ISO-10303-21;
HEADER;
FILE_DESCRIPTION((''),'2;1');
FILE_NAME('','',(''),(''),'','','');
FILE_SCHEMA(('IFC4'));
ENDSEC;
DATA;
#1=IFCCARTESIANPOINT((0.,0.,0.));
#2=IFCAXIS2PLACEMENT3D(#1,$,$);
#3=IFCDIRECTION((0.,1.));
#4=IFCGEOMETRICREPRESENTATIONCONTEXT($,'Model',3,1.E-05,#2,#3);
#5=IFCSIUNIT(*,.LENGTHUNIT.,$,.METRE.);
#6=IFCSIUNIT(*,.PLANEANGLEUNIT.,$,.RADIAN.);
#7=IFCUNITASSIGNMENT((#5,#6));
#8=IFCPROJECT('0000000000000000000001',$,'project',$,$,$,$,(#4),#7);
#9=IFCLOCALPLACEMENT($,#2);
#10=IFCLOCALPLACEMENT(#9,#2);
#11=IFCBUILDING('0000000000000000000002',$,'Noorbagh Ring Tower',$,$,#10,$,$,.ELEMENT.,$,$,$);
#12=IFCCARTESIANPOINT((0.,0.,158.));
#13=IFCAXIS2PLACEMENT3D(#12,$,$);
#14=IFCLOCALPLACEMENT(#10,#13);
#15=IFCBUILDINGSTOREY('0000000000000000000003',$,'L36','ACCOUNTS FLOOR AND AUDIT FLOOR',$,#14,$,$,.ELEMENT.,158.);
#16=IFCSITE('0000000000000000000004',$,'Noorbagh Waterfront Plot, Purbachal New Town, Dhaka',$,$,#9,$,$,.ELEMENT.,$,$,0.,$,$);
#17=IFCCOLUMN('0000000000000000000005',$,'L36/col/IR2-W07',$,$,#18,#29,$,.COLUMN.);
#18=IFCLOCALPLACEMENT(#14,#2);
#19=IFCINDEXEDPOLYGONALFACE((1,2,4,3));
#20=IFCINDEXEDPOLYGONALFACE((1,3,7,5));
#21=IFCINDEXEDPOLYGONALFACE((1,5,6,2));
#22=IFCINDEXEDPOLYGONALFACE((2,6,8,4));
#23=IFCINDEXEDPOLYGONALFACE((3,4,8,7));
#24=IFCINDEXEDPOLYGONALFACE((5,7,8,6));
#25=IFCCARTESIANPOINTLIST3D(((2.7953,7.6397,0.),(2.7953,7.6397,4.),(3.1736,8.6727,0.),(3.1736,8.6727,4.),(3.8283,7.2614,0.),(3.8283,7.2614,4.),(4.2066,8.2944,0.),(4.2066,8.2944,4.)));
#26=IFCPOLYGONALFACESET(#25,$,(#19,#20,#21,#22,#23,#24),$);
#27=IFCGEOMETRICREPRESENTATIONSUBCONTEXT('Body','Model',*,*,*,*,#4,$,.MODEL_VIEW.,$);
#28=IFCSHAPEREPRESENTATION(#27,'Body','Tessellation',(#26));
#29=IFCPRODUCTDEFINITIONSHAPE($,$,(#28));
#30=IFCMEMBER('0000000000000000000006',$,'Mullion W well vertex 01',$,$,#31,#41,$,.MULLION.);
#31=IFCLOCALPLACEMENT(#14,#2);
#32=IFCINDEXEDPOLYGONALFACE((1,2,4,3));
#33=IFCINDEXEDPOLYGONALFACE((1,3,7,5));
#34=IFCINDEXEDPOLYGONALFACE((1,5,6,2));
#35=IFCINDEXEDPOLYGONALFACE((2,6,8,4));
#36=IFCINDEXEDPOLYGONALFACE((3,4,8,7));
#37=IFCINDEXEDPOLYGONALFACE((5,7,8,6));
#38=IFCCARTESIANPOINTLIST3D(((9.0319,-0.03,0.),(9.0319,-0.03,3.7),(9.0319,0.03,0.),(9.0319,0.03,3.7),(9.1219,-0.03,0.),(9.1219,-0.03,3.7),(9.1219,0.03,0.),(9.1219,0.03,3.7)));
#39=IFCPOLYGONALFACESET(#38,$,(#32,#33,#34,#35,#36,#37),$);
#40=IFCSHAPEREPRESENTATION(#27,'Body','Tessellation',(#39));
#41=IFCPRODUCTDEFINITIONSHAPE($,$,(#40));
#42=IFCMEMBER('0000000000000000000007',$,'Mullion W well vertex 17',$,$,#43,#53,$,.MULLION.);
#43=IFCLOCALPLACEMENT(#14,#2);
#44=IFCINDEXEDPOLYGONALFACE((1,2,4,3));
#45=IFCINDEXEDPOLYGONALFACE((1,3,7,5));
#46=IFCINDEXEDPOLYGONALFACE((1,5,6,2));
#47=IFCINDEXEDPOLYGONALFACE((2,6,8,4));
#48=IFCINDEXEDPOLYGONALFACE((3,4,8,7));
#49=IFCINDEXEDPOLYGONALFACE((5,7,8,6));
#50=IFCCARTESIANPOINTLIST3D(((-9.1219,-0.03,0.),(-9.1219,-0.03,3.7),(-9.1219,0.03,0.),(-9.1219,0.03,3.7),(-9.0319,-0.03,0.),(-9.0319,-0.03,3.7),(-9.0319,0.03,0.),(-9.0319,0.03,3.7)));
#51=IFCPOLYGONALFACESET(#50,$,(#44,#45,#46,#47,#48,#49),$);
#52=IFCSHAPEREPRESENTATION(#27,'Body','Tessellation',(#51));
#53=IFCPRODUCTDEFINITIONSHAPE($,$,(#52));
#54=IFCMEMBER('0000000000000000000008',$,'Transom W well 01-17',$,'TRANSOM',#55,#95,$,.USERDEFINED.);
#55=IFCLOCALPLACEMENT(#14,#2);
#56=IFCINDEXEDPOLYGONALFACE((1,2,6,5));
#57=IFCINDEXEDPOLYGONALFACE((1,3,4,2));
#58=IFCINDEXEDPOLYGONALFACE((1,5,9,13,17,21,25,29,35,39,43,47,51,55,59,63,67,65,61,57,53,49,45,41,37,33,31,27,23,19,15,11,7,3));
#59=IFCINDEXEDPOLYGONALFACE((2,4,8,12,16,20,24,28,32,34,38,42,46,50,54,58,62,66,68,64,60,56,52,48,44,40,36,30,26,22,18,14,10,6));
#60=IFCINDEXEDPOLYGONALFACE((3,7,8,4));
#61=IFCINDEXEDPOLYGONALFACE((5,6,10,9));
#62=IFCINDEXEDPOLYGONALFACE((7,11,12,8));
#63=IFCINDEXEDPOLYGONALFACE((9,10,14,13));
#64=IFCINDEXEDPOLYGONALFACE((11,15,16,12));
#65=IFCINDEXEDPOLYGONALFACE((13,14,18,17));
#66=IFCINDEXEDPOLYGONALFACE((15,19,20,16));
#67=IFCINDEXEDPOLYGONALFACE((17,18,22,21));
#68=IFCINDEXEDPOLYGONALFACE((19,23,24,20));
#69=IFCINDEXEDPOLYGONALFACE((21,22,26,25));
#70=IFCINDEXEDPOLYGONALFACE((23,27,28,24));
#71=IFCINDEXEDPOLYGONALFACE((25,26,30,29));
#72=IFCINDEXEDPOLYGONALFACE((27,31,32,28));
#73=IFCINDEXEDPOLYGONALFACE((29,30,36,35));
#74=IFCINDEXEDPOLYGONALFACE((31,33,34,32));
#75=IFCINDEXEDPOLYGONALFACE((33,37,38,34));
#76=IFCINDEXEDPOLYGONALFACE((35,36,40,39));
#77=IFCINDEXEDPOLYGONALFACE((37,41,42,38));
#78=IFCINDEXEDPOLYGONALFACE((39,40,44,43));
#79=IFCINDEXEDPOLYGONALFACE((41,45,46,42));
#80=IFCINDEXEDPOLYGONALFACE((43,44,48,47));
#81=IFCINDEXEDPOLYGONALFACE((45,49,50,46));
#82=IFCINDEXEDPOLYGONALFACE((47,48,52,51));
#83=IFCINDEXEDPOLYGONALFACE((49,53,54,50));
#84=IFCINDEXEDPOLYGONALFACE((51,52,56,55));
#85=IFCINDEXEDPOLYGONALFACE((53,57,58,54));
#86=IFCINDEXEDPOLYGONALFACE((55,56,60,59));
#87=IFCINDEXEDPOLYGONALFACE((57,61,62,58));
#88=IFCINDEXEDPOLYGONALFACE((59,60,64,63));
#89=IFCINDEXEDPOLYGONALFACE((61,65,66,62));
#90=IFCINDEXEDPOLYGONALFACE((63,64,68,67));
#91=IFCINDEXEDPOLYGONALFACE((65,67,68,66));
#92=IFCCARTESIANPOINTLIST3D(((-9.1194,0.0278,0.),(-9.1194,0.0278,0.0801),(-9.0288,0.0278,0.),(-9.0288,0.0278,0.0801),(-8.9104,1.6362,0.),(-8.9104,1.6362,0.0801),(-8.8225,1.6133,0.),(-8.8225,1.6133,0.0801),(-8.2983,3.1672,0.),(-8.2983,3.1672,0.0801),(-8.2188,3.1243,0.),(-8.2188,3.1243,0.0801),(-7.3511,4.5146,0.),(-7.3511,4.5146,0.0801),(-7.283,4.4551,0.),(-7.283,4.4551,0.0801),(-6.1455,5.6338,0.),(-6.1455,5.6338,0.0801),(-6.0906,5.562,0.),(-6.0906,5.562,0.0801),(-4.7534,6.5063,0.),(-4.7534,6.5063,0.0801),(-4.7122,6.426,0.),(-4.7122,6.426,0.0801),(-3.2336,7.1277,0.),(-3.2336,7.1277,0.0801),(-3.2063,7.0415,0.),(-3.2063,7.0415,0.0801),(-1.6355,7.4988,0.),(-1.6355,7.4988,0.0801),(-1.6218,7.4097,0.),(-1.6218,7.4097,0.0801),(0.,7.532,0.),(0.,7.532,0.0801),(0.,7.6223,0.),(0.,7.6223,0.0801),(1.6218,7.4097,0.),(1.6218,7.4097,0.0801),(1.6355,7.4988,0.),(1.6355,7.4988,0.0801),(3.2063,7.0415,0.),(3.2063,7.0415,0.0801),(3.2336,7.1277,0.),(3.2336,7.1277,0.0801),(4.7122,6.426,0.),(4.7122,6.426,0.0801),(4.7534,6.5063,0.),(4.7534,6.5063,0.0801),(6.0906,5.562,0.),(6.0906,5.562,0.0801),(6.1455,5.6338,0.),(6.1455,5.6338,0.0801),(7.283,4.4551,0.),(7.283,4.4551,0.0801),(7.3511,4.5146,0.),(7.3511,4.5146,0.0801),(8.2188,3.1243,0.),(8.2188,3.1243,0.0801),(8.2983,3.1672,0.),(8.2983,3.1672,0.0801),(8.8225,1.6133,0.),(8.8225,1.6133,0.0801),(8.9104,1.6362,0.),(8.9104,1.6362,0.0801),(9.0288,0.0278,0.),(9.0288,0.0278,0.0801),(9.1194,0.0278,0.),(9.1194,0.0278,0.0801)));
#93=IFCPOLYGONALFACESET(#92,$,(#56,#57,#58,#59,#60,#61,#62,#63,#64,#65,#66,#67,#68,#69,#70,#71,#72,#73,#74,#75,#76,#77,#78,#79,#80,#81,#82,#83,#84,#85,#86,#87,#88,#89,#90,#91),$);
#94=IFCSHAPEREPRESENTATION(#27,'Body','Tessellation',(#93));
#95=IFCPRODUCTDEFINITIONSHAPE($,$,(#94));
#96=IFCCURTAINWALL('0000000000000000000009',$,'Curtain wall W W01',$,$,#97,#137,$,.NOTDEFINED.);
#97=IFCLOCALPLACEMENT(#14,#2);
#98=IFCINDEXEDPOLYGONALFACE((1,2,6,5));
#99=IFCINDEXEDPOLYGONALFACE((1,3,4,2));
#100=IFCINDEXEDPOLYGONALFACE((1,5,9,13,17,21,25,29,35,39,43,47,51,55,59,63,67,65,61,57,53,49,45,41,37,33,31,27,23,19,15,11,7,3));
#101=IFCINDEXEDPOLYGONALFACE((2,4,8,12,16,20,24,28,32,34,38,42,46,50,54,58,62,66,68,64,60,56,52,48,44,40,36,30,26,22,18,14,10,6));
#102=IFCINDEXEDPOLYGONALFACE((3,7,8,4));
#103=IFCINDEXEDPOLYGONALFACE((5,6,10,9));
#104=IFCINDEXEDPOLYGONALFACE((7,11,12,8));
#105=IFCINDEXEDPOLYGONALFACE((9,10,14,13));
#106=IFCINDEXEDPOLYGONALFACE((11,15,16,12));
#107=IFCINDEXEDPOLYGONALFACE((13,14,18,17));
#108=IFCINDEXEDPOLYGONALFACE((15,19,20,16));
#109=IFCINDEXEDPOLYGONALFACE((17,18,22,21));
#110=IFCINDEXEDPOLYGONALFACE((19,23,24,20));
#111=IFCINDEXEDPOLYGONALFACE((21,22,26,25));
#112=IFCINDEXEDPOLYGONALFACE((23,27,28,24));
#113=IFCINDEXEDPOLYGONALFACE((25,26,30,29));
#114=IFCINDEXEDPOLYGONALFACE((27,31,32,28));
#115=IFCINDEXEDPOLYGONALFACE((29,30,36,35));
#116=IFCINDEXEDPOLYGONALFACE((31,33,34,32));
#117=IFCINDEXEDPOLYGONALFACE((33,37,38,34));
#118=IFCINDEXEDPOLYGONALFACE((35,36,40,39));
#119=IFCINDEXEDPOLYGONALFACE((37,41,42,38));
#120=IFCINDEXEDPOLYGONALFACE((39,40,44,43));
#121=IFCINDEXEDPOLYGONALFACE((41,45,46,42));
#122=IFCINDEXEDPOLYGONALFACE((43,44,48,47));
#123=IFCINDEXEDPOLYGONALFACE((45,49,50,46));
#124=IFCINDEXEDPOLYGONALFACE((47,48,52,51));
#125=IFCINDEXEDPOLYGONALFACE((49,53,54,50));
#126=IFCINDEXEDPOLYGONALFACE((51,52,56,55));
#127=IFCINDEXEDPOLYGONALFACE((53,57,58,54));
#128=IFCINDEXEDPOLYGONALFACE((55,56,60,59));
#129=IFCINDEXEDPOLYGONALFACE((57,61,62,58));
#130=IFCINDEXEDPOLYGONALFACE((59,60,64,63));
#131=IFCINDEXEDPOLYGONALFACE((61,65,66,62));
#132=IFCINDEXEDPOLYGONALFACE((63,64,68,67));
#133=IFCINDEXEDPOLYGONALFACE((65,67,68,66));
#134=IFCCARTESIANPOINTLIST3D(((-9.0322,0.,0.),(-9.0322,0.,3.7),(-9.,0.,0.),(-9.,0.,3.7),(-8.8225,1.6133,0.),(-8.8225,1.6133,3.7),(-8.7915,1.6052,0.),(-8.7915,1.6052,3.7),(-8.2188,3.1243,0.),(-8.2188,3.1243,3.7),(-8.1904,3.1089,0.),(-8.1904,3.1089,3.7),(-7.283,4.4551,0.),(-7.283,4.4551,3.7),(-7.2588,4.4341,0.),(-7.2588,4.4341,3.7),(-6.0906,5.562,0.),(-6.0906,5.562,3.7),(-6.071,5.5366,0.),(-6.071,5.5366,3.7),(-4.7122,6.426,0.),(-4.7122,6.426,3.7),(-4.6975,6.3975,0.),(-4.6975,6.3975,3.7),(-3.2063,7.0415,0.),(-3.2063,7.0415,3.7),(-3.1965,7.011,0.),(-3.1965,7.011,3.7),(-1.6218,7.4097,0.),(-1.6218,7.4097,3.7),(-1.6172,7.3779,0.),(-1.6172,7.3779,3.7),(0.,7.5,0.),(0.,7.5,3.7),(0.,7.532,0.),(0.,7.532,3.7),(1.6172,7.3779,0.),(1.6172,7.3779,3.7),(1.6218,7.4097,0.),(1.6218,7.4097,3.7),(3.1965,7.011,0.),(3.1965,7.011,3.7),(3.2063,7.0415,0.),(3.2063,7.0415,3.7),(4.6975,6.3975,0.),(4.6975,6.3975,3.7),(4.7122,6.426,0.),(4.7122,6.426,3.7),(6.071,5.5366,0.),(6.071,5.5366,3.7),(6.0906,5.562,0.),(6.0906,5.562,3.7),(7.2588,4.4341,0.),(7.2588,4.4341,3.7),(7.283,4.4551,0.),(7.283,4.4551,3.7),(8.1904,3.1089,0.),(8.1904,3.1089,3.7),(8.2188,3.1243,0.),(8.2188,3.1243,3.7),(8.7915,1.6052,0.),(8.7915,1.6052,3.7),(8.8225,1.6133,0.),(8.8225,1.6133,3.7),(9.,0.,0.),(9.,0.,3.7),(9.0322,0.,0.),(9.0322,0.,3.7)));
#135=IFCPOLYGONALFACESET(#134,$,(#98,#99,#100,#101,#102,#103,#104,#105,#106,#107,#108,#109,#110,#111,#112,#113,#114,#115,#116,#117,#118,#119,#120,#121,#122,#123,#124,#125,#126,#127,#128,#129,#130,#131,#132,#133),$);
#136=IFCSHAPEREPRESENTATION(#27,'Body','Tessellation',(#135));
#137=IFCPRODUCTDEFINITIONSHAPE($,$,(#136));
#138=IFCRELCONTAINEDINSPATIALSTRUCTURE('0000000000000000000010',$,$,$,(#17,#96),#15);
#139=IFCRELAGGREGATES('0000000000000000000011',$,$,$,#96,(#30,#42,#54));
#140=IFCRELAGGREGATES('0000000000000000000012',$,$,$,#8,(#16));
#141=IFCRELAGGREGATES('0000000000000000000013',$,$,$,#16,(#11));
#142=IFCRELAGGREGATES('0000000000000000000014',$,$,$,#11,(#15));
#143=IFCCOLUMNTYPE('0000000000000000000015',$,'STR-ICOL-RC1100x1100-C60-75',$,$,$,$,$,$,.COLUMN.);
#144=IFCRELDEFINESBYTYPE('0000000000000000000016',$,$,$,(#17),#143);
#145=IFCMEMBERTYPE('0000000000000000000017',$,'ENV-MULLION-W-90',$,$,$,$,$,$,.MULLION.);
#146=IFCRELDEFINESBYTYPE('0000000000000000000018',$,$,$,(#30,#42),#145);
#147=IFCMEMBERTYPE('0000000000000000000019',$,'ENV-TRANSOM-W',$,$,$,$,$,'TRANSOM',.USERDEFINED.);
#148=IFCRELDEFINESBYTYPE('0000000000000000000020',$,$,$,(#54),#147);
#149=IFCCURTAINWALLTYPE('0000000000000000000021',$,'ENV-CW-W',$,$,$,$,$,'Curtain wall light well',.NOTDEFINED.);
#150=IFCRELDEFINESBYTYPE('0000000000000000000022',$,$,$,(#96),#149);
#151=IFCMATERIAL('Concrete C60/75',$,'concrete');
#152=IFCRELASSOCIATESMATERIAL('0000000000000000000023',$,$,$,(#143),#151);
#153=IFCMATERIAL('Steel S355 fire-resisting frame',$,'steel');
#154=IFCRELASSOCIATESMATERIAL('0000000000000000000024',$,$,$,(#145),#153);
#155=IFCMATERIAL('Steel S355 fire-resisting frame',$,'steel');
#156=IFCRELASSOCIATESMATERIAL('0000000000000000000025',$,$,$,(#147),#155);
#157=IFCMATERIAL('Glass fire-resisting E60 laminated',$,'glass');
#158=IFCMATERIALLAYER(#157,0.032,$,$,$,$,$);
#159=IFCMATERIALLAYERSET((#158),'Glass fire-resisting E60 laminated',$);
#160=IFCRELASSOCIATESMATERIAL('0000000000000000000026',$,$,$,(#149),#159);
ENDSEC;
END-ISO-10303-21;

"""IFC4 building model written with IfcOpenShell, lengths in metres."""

from ifc_helpers import new_model, si_unit, direction, frame, origin, origin_2d, place, context, subcontext, project, spatial, polyline, rectangle, outline, extrude, material, layer, layer_set, material_profile, profile_set, type_object, element, aggregate, save


model = new_model("IFC4")

# Units and contexts
model_context = context("Model", 3, precision=1e-05, world=origin(), true_north=direction((0.0, 1.0)))
body_context = subcontext(model_context, "Body", "Model", "MODEL_VIEW")
ifc_project = project(units=[si_unit("LENGTHUNIT", "METRE"), si_unit("PLANEANGLEUNIT", "RADIAN")], contexts=[model_context])

# Site, building, storey
site_placement = place(None, origin())
site = spatial("IfcSite", under=ifc_project, at=site_placement, Name="Noorbagh Waterfront Plot, Purbachal New Town, Dhaka", CompositionType="ELEMENT", RefElevation=0.0)
building_placement = place(site_placement, origin())
building = spatial("IfcBuilding", under=site, at=building_placement, Name="Noorbagh Ring Tower", CompositionType="ELEMENT")
storey_placement = place(building_placement, frame((0.0, 0.0, 158.0)))
storey = spatial("IfcBuildingStorey", under=building, at=storey_placement, Name="L36", Description="ACCOUNTS FLOOR AND AUDIT FLOOR", CompositionType="ELEMENT", Elevation=158.0)

# Column
ifc_material_1 = material(Name="Concrete C60/75", Category="concrete")
ifc_material_profile_1 = material_profile(ifc_material_1, rectangle(XDim=1.1001, YDim=1.1001, at=origin_2d()), Name="RC1100x1100")
ifc_profile_set_1 = profile_set([ifc_material_profile_1], Name="Concrete C60/75")
column_type = type_object("IfcColumnType", Name="STR-ICOL-RC1100x1100-C60-75", PredefinedType="COLUMN", material=ifc_profile_set_1)
column_placement = place(storey_placement, frame((3.501, 7.967, 0.0), z_axis=(0.0, 0.0, 1.0), x_axis=(-0.93902, 0.343864, 0.0)))
element("IfcColumn", 1, at=column_placement, inside=storey, type_object=column_type, Name="L36/col/IR2-W07", PredefinedType="COLUMN", context=body_context, shape_type="SweptSolid", body=[
    extrude(rectangle(XDim=1.1001, YDim=1.1001, at=origin_2d()), origin(), (0.0, 0.0, 1.0), 4.0),
])

# Members
ifc_material_2 = material(Name="Steel S355 fire-resisting frame", Category="steel")
ifc_material_profile_2 = material_profile(ifc_material_2, rectangle(XDim=0.0901, YDim=0.0601, at=origin_2d()), Name="90x60")
ifc_profile_set_2 = profile_set([ifc_material_profile_2], Name="Steel S355 fire-resisting frame")
member_type_1 = type_object("IfcMemberType", Name="ENV-MULLION-W-90", PredefinedType="MULLION", material=ifc_profile_set_2)
member_1_placement = place(storey_placement, frame((9.0769, 0.0, 0.0), z_axis=(0.0, 0.0, 1.0), x_axis=(1.0, 0.0, 0.0)))
member_1 = element("IfcMember", 2, at=member_1_placement, type_object=member_type_1, Name="Mullion W well vertex 01", PredefinedType="MULLION", context=body_context, shape_type="SweptSolid", body=[
    extrude(rectangle(XDim=0.0901, YDim=0.0601, at=origin_2d()), origin(), (0.0, 0.0, 1.0), 3.7),
])
member_2_placement = place(storey_placement, frame((-9.0769, 0.0, 0.0), z_axis=(0.0, 0.0, 1.0), x_axis=(-1.0, 0.0, 0.0)))
member_2 = element("IfcMember", 3, at=member_2_placement, type_object=member_type_1, Name="Mullion W well vertex 17", PredefinedType="MULLION", context=body_context, shape_type="SweptSolid", body=[
    extrude(rectangle(XDim=0.0901, YDim=0.0601, at=origin_2d()), origin(), (0.0, 0.0, 1.0), 3.7),
])
ifc_material_3 = material(Name="Steel S355 fire-resisting frame", Category="steel")
member_type_2 = type_object("IfcMemberType", Name="ENV-TRANSOM-W", ElementType="TRANSOM", PredefinedType="USERDEFINED", material=ifc_material_3)
member_3_placement = place(storey_placement, origin())
member_3 = element("IfcMember", 4, at=member_3_placement, type_object=member_type_2, Name="Transom W well 01-17", ObjectType="TRANSOM", PredefinedType="USERDEFINED", context=body_context, shape_type="SweptSolid", body=[
    extrude(outline(polyline([(9.1194, 0.0278), (8.9104, 1.6362), (8.2983, 3.1672), (7.3511, 4.5146), (6.1455, 5.6338), (4.7534, 6.5063), (3.2336, 7.1277), (1.6355, 7.4988), (0.0, 7.6223), (-1.6355, 7.4988), (-3.2336, 7.1277), (-4.7534, 6.5063), (-6.1455, 5.6338), (-7.3511, 4.5146), (-8.2983, 3.1672), (-8.9104, 1.6362), (-9.1194, 0.0278), (-9.0288, 0.0278), (-8.8225, 1.6133), (-8.2188, 3.1243), (-7.283, 4.4551), (-6.0906, 5.562), (-4.7122, 6.426), (-3.2063, 7.0415), (-1.6218, 7.4097), (0.0, 7.532), (1.6218, 7.4097), (3.2063, 7.0415), (4.7122, 6.426), (6.0906, 5.562), (7.283, 4.4551), (8.2188, 3.1243), (8.8225, 1.6133), (9.0288, 0.0278), (9.1194, 0.0278)])), origin(), (0.0, 0.0, 1.0), 0.0801),
])

# Curtain wall
ifc_material_4 = material(Name="Glass fire-resisting E60 laminated", Category="glass")
ifc_layer_1 = layer(ifc_material_4, 0.032)
ifc_layer_set_1 = layer_set([ifc_layer_1], Name="Glass fire-resisting E60 laminated")
curtain_wall_type_1 = type_object("IfcCurtainWallType", Name="ENV-CW-W", ElementType="Curtain wall light well", PredefinedType="NOTDEFINED", material=ifc_layer_set_1)
curtain_wall_1_placement = place(storey_placement, origin())
curtain_wall_1 = element("IfcCurtainWall", 5, at=curtain_wall_1_placement, inside=storey, type_object=curtain_wall_type_1, Name="Curtain wall W W01", PredefinedType="NOTDEFINED", context=body_context, shape_type="SweptSolid", body=[
    extrude(outline(polyline([(9.0322, 0.0), (8.8225, 1.6133), (8.2188, 3.1243), (7.283, 4.4551), (6.0906, 5.562), (4.7122, 6.426), (3.2063, 7.0415), (1.6218, 7.4097), (0.0, 7.532), (-1.6218, 7.4097), (-3.2063, 7.0415), (-4.7122, 6.426), (-6.0906, 5.562), (-7.283, 4.4551), (-8.2188, 3.1243), (-8.8225, 1.6133), (-9.0322, 0.0), (-9.0, 0.0), (-8.7915, 1.6052), (-8.1904, 3.1089), (-7.2588, 4.4341), (-6.071, 5.5366), (-4.6975, 6.3975), (-3.1965, 7.011), (-1.6172, 7.3779), (0.0, 7.5), (1.6172, 7.3779), (3.1965, 7.011), (4.6975, 6.3975), (6.071, 5.5366), (7.2588, 4.4341), (8.1904, 3.1089), (8.7915, 1.6052), (9.0, 0.0), (9.0322, 0.0)])), origin(), (0.0, 0.0, 1.0), 3.7),
])
aggregate(curtain_wall_1, [member_1, member_2, member_3])

save(model, "model.ifc")
